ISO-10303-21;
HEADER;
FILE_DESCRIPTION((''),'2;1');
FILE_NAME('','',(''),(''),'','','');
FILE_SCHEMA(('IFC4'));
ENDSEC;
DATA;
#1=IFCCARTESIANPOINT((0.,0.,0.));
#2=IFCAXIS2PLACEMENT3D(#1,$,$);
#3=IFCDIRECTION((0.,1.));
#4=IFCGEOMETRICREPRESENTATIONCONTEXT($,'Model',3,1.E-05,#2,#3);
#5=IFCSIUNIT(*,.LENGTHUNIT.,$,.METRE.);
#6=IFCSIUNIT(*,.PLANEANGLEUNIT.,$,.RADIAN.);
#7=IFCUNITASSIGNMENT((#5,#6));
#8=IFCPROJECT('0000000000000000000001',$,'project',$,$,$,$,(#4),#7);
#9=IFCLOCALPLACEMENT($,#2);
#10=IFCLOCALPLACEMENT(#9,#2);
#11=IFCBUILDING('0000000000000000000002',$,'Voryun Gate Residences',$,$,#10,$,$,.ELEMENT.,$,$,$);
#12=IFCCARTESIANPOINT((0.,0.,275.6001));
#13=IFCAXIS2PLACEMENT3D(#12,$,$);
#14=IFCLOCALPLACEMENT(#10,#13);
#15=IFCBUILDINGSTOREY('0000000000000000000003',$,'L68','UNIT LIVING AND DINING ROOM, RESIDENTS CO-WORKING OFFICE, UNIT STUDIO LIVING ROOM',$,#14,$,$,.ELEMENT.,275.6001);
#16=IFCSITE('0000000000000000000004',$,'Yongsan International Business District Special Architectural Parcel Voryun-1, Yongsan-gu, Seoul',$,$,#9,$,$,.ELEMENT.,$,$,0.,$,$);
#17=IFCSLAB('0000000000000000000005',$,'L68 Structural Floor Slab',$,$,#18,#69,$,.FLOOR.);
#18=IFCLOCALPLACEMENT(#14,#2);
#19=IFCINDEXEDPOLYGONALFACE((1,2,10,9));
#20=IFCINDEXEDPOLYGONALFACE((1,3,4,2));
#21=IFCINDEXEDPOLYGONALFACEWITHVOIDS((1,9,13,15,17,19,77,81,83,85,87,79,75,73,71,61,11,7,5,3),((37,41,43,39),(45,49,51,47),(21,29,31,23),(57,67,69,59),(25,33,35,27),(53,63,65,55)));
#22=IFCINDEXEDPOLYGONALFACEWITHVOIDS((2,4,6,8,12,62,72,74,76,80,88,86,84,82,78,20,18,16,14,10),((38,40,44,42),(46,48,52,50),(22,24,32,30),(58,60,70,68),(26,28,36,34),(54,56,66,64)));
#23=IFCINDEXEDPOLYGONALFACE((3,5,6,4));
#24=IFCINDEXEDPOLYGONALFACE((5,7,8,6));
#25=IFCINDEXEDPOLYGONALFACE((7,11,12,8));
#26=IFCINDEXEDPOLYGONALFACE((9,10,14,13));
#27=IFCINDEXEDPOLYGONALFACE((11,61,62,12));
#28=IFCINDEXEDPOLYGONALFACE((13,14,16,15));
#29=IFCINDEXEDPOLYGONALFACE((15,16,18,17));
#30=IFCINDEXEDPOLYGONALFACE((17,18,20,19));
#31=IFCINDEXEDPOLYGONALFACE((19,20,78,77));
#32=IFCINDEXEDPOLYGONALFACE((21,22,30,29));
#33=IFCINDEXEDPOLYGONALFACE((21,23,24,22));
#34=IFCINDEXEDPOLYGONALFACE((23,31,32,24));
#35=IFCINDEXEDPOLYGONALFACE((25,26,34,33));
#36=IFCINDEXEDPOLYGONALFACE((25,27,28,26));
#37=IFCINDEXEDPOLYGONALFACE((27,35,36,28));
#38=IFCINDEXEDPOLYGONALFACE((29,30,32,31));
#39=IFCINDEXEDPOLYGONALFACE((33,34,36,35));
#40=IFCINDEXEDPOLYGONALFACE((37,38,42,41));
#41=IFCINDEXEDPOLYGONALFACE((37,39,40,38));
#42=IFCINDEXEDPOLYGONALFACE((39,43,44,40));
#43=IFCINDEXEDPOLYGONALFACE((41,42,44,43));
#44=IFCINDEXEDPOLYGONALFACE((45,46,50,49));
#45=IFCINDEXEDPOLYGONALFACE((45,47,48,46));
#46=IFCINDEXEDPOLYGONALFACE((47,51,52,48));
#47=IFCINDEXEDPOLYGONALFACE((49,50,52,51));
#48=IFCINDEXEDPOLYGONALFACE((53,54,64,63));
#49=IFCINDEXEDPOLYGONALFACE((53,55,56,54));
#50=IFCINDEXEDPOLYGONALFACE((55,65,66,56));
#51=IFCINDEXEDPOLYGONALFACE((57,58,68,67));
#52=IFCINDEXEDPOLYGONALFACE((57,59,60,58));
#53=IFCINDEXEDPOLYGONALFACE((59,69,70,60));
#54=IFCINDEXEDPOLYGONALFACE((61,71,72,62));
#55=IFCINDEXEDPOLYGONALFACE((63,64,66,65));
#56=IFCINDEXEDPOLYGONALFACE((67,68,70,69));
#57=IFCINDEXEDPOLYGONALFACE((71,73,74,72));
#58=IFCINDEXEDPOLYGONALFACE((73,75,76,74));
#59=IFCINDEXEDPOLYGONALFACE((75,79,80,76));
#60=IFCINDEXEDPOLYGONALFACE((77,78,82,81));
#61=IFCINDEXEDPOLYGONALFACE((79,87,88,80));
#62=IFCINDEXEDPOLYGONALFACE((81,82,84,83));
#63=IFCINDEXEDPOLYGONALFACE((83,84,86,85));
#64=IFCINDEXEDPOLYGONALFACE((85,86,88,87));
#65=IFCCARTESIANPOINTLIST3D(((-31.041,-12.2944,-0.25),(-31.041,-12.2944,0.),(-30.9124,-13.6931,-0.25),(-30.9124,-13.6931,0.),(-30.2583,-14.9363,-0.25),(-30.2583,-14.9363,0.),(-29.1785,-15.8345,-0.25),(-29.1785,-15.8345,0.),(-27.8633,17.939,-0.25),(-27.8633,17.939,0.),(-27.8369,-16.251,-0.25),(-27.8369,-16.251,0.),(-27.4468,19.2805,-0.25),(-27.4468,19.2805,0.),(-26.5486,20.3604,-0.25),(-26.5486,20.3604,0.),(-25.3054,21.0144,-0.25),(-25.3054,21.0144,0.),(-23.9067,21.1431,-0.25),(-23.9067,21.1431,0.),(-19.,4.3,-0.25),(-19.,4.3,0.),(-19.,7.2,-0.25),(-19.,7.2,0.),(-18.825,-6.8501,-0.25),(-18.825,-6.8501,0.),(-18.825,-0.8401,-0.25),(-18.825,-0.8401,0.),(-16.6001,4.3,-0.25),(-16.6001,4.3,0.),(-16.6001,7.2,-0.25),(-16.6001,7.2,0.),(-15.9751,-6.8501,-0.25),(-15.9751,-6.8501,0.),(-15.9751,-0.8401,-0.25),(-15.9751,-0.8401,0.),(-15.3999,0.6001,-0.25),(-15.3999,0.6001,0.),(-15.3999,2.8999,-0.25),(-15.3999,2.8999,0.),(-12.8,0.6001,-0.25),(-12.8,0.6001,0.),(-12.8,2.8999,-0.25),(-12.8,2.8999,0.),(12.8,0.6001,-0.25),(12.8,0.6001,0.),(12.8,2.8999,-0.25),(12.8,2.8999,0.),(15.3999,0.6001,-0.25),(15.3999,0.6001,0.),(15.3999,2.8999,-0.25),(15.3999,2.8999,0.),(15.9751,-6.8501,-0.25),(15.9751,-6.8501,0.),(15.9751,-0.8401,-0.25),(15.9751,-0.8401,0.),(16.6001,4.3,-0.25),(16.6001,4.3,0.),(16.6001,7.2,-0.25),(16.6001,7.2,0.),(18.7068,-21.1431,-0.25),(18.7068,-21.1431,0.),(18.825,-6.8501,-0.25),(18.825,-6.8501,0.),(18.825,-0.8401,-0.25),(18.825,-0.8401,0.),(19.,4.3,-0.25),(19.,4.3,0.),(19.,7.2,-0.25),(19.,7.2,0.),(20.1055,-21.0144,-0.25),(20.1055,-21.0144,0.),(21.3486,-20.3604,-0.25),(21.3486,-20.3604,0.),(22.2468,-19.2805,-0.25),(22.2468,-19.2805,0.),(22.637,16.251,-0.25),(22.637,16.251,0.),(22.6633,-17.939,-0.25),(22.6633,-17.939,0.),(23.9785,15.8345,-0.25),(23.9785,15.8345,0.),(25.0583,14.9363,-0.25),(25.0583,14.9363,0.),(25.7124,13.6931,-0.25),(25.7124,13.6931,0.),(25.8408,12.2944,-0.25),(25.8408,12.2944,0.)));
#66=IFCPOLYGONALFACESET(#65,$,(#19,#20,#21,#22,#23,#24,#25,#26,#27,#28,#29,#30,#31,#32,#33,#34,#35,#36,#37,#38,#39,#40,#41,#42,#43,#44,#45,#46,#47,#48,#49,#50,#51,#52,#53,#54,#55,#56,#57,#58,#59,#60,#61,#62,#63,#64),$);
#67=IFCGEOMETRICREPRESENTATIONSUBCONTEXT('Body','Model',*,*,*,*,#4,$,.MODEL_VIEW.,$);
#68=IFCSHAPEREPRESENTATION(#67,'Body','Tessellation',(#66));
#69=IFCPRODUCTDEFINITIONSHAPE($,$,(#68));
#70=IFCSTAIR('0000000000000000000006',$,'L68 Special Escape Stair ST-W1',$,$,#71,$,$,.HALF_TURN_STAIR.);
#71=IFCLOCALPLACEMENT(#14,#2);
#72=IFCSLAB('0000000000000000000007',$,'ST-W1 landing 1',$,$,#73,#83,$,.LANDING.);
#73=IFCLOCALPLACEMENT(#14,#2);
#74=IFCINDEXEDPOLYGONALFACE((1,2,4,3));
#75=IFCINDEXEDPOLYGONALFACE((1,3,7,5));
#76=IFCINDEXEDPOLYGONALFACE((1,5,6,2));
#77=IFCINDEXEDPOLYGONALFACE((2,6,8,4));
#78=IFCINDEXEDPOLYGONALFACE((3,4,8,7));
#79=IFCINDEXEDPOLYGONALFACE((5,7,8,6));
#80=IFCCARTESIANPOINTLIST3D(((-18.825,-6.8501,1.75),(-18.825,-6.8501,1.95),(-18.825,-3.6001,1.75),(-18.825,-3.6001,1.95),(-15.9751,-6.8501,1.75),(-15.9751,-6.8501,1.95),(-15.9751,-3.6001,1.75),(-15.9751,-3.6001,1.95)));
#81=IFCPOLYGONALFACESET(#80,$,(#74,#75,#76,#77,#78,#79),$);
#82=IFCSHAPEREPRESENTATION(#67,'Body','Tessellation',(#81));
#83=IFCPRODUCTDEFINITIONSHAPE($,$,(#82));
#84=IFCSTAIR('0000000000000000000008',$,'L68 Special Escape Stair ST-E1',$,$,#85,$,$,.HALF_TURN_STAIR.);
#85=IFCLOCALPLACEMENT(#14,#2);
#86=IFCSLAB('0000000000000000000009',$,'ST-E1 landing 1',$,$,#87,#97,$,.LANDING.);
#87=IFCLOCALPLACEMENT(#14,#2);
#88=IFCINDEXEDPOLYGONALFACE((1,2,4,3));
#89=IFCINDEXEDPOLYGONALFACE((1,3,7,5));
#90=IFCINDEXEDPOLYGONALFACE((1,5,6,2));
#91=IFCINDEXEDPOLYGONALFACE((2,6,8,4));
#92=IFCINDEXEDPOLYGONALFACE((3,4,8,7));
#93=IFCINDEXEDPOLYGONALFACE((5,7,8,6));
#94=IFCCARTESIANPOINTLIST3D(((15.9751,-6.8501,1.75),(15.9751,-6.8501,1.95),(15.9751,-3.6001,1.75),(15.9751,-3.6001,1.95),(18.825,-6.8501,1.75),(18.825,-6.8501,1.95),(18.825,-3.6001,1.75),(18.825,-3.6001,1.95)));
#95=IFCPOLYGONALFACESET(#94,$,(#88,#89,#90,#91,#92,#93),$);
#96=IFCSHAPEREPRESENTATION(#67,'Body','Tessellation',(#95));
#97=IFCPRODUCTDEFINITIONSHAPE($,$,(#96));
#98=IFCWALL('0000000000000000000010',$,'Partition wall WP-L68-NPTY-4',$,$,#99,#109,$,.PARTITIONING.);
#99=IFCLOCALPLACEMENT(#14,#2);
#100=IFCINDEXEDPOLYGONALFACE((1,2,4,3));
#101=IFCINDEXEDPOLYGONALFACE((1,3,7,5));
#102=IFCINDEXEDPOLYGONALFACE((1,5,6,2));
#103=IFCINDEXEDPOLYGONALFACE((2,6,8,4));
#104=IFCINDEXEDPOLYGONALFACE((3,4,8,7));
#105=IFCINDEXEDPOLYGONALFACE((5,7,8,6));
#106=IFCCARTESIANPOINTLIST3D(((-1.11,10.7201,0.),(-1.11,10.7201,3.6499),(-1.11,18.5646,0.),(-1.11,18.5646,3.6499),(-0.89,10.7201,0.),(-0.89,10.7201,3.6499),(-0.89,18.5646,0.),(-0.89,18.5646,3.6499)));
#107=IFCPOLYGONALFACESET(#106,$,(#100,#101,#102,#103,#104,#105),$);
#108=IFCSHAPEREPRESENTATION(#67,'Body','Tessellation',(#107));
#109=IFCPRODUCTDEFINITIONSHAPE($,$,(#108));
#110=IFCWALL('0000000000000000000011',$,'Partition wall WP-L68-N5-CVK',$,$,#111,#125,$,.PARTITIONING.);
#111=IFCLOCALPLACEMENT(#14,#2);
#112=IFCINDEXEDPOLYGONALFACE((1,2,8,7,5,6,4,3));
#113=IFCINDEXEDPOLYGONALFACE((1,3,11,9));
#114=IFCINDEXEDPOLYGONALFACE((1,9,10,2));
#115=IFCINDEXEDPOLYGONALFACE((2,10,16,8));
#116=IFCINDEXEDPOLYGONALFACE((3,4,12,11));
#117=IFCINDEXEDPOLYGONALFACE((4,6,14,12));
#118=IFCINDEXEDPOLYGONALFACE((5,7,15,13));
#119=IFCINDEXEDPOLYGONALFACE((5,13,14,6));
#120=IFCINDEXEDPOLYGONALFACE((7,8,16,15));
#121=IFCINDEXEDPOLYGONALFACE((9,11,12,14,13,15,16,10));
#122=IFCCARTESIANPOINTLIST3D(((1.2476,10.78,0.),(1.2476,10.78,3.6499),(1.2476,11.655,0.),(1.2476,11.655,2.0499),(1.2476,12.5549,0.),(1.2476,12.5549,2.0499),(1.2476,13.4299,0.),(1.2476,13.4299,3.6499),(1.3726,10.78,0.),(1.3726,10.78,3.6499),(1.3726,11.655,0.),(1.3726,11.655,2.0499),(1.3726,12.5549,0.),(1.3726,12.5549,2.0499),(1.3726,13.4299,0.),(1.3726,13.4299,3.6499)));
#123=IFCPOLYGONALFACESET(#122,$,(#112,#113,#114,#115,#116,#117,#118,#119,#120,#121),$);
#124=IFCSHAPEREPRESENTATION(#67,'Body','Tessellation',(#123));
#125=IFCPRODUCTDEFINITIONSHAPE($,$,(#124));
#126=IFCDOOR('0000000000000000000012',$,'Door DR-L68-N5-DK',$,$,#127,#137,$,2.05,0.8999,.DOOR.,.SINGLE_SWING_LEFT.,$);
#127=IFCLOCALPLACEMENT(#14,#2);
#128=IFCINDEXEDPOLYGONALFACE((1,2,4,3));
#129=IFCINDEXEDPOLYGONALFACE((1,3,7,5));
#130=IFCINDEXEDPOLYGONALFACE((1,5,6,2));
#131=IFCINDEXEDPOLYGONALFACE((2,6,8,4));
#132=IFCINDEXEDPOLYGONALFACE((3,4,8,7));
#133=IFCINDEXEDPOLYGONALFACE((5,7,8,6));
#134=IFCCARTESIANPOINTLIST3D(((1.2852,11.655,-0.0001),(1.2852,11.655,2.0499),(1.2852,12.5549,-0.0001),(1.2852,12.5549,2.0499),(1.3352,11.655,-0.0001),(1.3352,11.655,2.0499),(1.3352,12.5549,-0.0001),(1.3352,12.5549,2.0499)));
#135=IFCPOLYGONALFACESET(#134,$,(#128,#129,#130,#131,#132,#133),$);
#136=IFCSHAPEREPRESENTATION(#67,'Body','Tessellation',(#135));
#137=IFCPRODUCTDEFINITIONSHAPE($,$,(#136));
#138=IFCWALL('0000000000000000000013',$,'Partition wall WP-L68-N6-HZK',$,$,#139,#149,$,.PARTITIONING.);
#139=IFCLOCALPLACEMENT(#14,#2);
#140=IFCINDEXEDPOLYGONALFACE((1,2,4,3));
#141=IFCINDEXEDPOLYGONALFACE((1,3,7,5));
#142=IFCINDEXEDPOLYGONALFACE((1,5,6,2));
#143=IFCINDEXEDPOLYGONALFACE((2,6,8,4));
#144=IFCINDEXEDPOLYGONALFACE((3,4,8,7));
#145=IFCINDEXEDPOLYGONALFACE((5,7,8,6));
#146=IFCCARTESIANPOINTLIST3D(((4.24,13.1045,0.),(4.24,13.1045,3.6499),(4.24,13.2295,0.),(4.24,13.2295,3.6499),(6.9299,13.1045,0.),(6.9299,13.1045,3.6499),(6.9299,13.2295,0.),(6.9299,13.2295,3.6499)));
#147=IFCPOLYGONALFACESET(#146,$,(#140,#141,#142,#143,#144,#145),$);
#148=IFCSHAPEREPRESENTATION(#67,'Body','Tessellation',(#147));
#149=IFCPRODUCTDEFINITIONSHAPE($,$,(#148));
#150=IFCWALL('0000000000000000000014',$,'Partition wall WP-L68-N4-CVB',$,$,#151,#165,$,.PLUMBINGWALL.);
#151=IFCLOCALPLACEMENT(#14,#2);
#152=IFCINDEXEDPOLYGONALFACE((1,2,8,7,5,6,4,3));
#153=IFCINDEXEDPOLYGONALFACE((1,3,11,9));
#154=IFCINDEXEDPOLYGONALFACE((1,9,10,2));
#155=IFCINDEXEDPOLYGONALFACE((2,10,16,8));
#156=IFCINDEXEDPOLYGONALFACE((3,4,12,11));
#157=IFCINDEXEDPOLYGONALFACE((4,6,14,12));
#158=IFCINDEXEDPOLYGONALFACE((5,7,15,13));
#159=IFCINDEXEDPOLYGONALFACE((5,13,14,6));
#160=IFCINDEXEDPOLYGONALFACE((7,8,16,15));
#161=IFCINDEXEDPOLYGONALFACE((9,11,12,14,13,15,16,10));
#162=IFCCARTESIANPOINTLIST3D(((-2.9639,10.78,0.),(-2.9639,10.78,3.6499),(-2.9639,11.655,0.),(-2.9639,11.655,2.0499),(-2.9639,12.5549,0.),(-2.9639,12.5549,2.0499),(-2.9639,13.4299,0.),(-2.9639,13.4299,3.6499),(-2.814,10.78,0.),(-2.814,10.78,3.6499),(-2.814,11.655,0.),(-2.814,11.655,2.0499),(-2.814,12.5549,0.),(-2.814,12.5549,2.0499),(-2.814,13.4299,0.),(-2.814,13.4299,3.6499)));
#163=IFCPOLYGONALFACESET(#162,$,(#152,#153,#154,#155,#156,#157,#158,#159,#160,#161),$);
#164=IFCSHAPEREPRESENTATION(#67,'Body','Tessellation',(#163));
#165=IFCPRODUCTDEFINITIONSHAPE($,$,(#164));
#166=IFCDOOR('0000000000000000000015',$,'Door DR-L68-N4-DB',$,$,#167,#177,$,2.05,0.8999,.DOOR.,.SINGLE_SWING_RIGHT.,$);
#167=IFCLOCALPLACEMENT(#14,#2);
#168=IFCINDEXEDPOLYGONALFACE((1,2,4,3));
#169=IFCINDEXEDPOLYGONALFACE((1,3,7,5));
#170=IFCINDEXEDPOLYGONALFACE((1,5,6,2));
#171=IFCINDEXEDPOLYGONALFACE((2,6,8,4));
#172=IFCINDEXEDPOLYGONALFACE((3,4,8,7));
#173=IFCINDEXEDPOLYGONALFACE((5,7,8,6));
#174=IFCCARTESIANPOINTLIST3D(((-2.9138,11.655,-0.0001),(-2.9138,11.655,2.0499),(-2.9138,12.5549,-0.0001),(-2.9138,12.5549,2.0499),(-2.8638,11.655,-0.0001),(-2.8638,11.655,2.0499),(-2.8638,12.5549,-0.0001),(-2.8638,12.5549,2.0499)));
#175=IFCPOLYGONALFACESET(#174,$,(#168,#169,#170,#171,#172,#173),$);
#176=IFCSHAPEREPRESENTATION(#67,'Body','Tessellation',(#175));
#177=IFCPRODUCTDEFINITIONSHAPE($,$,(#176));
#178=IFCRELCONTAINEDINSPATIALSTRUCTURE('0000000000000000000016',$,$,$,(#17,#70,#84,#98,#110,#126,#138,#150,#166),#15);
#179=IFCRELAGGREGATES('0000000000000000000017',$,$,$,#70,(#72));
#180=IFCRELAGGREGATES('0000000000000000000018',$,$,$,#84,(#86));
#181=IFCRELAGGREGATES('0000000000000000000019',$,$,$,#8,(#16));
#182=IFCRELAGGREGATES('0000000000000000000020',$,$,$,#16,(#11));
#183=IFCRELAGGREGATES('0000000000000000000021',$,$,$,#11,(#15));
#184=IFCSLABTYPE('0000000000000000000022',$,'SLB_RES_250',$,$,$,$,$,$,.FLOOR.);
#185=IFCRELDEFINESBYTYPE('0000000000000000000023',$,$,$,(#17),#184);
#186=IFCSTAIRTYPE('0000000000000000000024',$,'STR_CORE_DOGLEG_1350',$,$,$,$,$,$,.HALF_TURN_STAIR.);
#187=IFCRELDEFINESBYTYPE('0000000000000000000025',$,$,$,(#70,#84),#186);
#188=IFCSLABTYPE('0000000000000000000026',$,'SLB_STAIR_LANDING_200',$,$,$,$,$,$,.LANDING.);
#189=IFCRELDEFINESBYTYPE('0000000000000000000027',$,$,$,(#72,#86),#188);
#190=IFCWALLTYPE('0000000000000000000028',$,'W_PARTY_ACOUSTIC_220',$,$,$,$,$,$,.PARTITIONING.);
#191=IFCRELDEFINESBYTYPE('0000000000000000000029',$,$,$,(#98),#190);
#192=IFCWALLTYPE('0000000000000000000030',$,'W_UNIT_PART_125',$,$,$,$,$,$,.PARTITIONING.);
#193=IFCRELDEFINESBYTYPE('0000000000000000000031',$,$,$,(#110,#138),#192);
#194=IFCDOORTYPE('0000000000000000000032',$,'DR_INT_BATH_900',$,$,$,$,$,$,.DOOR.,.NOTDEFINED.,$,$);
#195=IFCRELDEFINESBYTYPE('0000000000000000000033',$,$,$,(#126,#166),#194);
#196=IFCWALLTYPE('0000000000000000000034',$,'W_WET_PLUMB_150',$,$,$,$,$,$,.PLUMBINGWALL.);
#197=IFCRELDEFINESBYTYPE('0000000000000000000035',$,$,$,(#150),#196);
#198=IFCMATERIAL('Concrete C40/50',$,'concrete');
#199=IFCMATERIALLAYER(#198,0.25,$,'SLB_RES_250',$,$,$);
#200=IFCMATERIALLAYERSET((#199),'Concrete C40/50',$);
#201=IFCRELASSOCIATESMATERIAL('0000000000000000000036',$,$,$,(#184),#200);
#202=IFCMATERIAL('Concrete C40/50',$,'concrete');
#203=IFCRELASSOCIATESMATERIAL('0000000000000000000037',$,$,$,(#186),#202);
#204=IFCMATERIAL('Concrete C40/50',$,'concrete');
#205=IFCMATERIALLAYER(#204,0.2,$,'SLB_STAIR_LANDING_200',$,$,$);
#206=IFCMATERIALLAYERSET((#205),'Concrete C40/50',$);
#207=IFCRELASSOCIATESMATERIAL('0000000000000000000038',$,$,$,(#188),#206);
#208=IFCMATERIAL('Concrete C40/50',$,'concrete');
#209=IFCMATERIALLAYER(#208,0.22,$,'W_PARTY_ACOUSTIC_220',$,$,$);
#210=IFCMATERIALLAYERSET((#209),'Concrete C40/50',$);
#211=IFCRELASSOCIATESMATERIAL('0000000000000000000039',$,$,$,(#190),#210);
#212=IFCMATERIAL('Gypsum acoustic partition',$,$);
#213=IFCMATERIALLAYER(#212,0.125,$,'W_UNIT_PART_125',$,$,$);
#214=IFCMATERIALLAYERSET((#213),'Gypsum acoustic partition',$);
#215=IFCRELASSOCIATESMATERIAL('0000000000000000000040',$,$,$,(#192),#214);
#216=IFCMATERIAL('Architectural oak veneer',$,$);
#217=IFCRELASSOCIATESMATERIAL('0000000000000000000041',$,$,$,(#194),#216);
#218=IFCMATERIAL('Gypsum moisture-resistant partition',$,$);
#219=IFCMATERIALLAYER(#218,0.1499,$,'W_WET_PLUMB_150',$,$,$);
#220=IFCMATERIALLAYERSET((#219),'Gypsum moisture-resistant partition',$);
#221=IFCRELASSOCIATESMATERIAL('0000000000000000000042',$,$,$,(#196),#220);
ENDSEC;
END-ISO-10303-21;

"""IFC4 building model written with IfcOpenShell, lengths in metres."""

from ifc_helpers import new_model, si_unit, direction, frame, frame_2d, origin, place, context, subcontext, project, spatial, polyline, rectangle, outline, extrude, material, layer, layer_set, type_object, element, fill, aggregate, save


model = new_model("IFC4")

# Units and contexts
model_context = context("Model", 3, precision=1e-05, world=origin(), true_north=direction((0.0, 1.0)))
body_context = subcontext(model_context, "Body", "Model", "MODEL_VIEW")
ifc_project = project(units=[si_unit("LENGTHUNIT", "METRE"), si_unit("PLANEANGLEUNIT", "RADIAN")], contexts=[model_context])

# Site, building, storey
site_placement = place(None, origin())
site = spatial("IfcSite", under=ifc_project, at=site_placement, Name="Yongsan International Business District Special Architectural Parcel Voryun-1, Yongsan-gu, Seoul", CompositionType="ELEMENT", RefElevation=0.0)
building_placement = place(site_placement, origin())
building = spatial("IfcBuilding", under=site, at=building_placement, Name="Voryun Gate Residences", CompositionType="ELEMENT")
storey_placement = place(building_placement, frame((0.0, 0.0, 275.6001)))
storey = spatial("IfcBuildingStorey", under=building, at=storey_placement, Name="L68", Description="UNIT LIVING AND DINING ROOM, RESIDENTS CO-WORKING OFFICE, UNIT STUDIO LIVING ROOM", CompositionType="ELEMENT", Elevation=275.6001)

# Slab
ifc_material_1 = material(Name="Concrete C40/50", Category="concrete")
ifc_layer_1 = layer(ifc_material_1, 0.25, Name="SLB_RES_250")
ifc_layer_set_1 = layer_set([ifc_layer_1], Name="Concrete C40/50")
slab_type_1 = type_object("IfcSlabType", Name="SLB_RES_250", PredefinedType="FLOOR", material=ifc_layer_set_1)
slab_1_placement = place(storey_placement, frame((0.0, 0.0, -0.25)))
element("IfcSlab", 1, at=slab_1_placement, inside=storey, type_object=slab_type_1, Name="L68 Structural Floor Slab", PredefinedType="FLOOR", context=body_context, shape_type="SweptSolid", body=[
    extrude(outline(polyline([(-27.8369, -16.251), (-29.1785, -15.8345), (-30.2583, -14.9363), (-30.9124, -13.6931), (-31.041, -12.2944), (-27.8633, 17.939), (-27.4468, 19.2805), (-26.5486, 20.3604), (-25.3054, 21.0144), (-23.9067, 21.1431), (22.637, 16.251), (23.9785, 15.8345), (25.0583, 14.9363), (25.7124, 13.6931), (25.8408, 12.2944), (22.6633, -17.939), (22.2468, -19.2805), (21.3486, -20.3604), (20.1055, -21.0144), (18.7068, -21.1431), (-27.8369, -16.251)]), holes=[polyline([(-15.9751, -0.8401), (-18.825, -0.8401), (-18.825, -6.8501), (-15.9751, -6.8501), (-15.9751, -0.8401)]), polyline([(18.825, -6.8501), (18.825, -0.8401), (15.9751, -0.8401), (15.9751, -6.8501), (18.825, -6.8501)]), polyline([(-12.8, 2.8999), (-15.3999, 2.8999), (-15.3999, 0.6001), (-12.8, 0.6001), (-12.8, 2.8999)]), polyline([(12.8, 2.8999), (12.8, 0.6001), (15.3999, 0.6001), (15.3999, 2.8999), (12.8, 2.8999)]), polyline([(-16.6001, 7.2), (-19.0, 7.2), (-19.0, 4.3), (-16.6001, 4.3), (-16.6001, 7.2)]), polyline([(19.0, 7.2), (16.6001, 7.2), (16.6001, 4.3), (19.0, 4.3), (19.0, 7.2)])]), origin(), (0.0, 0.0, 1.0), 0.25),
])

# Stairs, slabs
ifc_material_2 = material(Name="Concrete C40/50", Category="concrete")
stair_type = type_object("IfcStairType", Name="STR_CORE_DOGLEG_1350", PredefinedType="HALF_TURN_STAIR", material=ifc_material_2)
stair_1_placement = place(storey_placement, origin())
stair_1 = element("IfcStair", 2, at=stair_1_placement, inside=storey, type_object=stair_type, Name="L68 Special Escape Stair ST-W1", PredefinedType="HALF_TURN_STAIR")
ifc_material_3 = material(Name="Concrete C40/50", Category="concrete")
ifc_layer_2 = layer(ifc_material_3, 0.2, Name="SLB_STAIR_LANDING_200")
ifc_layer_set_2 = layer_set([ifc_layer_2], Name="Concrete C40/50")
slab_type_2 = type_object("IfcSlabType", Name="SLB_STAIR_LANDING_200", PredefinedType="LANDING", material=ifc_layer_set_2)
slab_2_placement = place(storey_placement, frame((0.0, 0.0, 1.75)))
slab_2 = element("IfcSlab", 3, at=slab_2_placement, type_object=slab_type_2, Name="ST-W1 landing 1", PredefinedType="LANDING", context=body_context, shape_type="SweptSolid", body=[
    extrude(outline(polyline([(-18.825, -3.6001), (-18.825, -6.8501), (-15.9751, -6.8501), (-15.9751, -3.6001), (-18.825, -3.6001)])), origin(), (0.0, 0.0, 1.0), 0.2),
])
aggregate(stair_1, [slab_2])
stair_2_placement = place(storey_placement, origin())
stair_2 = element("IfcStair", 4, at=stair_2_placement, inside=storey, type_object=stair_type, Name="L68 Special Escape Stair ST-E1", PredefinedType="HALF_TURN_STAIR")
slab_3_placement = place(storey_placement, frame((0.0, 0.0, 1.75)))
slab_3 = element("IfcSlab", 5, at=slab_3_placement, type_object=slab_type_2, Name="ST-E1 landing 1", PredefinedType="LANDING", context=body_context, shape_type="SweptSolid", body=[
    extrude(outline(polyline([(15.9751, -3.6001), (15.9751, -6.8501), (18.825, -6.8501), (18.825, -3.6001), (15.9751, -3.6001)])), origin(), (0.0, 0.0, 1.0), 0.2),
])
aggregate(stair_2, [slab_3])

# Wall
ifc_material_4 = material(Name="Concrete C40/50", Category="concrete")
ifc_layer_3 = layer(ifc_material_4, 0.22, Name="W_PARTY_ACOUSTIC_220")
ifc_layer_set_3 = layer_set([ifc_layer_3], Name="Concrete C40/50")
wall_type_1 = type_object("IfcWallType", Name="W_PARTY_ACOUSTIC_220", PredefinedType="PARTITIONING", material=ifc_layer_set_3)
wall_1_placement = place(storey_placement, frame((-1.0, 10.72, 0.0), z_axis=(0.0, 0.0, 1.0), x_axis=(0.0, 1.0, 0.0)))
element("IfcWall", 6, at=wall_1_placement, inside=storey, type_object=wall_type_1, Name="Partition wall WP-L68-NPTY-4", PredefinedType="PARTITIONING", context=body_context, shape_type="SweptSolid", body=[
    extrude(rectangle(XDim=7.8445, YDim=0.22, at=frame_2d((3.9224, 0.0))), origin(), (0.0, 0.0, 1.0), 3.6499),
])

# Wall, opening, door
ifc_material_5 = material(Name="Gypsum acoustic partition")
ifc_layer_4 = layer(ifc_material_5, 0.125, Name="W_UNIT_PART_125")
ifc_layer_set_4 = layer_set([ifc_layer_4], Name="Gypsum acoustic partition")
wall_type_2 = type_object("IfcWallType", Name="W_UNIT_PART_125", PredefinedType="PARTITIONING", material=ifc_layer_set_4)
wall_2_placement = place(storey_placement, frame((1.3101, 10.78, 0.0), z_axis=(0.0, 0.0, 1.0), x_axis=(0.0, 1.0, 0.0)))
wall_2 = element("IfcWall", 7, at=wall_2_placement, inside=storey, type_object=wall_type_2, Name="Partition wall WP-L68-N5-CVK", PredefinedType="PARTITIONING", context=body_context, shape_type="SweptSolid", body=[
    extrude(rectangle(XDim=2.6499, YDim=0.125, at=frame_2d((1.325, 0.0))), origin(), (0.0, 0.0, 1.0), 3.6499),
])
opening_1_placement = place(wall_2_placement, frame((0.875, 0.0, 0.0)))
opening_1 = element("IfcOpeningElement", 8, at=opening_1_placement, cuts=wall_2, PredefinedType="OPENING", context=body_context, shape_type="SweptSolid", body=[
    extrude(rectangle(XDim=0.8999, YDim=2.05, at=frame_2d((0.45, 1.0249))), frame((0.0, 0.0725, 0.0), z_axis=(0.0, -1.0, 0.0), x_axis=(1.0, 0.0, 0.0)), (0.0, 0.0, 1.0), 0.145),
])
ifc_material_6 = material(Name="Architectural oak veneer")
door_type = type_object("IfcDoorType", Name="DR_INT_BATH_900", OperationType="NOTDEFINED", PredefinedType="DOOR", material=ifc_material_6)
door_1_placement = place(opening_1_placement, origin())
door_1 = element("IfcDoor", 9, at=door_1_placement, inside=storey, type_object=door_type, Name="Door DR-L68-N5-DK", OperationType="SINGLE_SWING_LEFT", OverallHeight=2.05, OverallWidth=0.8999, PredefinedType="DOOR", context=body_context, shape_type="SweptSolid", body=[
    extrude(rectangle(XDim=0.8999, YDim=2.05, at=frame_2d((0.45, 1.0249))), frame((0.0, 0.0249, 0.0), z_axis=(0.0, -1.0, 0.0), x_axis=(1.0, 0.0, 0.0)), (0.0, 0.0, 1.0), 0.05),
])
fill(opening_1, door_1)

# Wall
wall_3_placement = place(storey_placement, frame((4.24, 13.167, 0.0), z_axis=(0.0, 0.0, 1.0), x_axis=(1.0, 0.0, 0.0)))
element("IfcWall", 10, at=wall_3_placement, inside=storey, type_object=wall_type_2, Name="Partition wall WP-L68-N6-HZK", PredefinedType="PARTITIONING", context=body_context, shape_type="SweptSolid", body=[
    extrude(rectangle(XDim=2.6899, YDim=0.125, at=frame_2d((1.345, 0.0))), origin(), (0.0, 0.0, 1.0), 3.6499),
])

# Wall, opening, door
ifc_material_7 = material(Name="Gypsum moisture-resistant partition")
ifc_layer_5 = layer(ifc_material_7, 0.1499, Name="W_WET_PLUMB_150")
ifc_layer_set_5 = layer_set([ifc_layer_5], Name="Gypsum moisture-resistant partition")
wall_type_3 = type_object("IfcWallType", Name="W_WET_PLUMB_150", PredefinedType="PLUMBINGWALL", material=ifc_layer_set_5)
wall_4_placement = place(storey_placement, frame((-2.8889, 10.78, 0.0), z_axis=(0.0, 0.0, 1.0), x_axis=(0.0, 1.0, 0.0)))
wall_4 = element("IfcWall", 11, at=wall_4_placement, inside=storey, type_object=wall_type_3, Name="Partition wall WP-L68-N4-CVB", PredefinedType="PLUMBINGWALL", context=body_context, shape_type="SweptSolid", body=[
    extrude(rectangle(XDim=2.6499, YDim=0.1499, at=frame_2d((1.325, 0.0))), origin(), (0.0, 0.0, 1.0), 3.6499),
])
opening_2_placement = place(wall_4_placement, frame((0.875, 0.0, 0.0)))
opening_2 = element("IfcOpeningElement", 12, at=opening_2_placement, cuts=wall_4, PredefinedType="OPENING", context=body_context, shape_type="SweptSolid", body=[
    extrude(rectangle(XDim=0.8999, YDim=2.05, at=frame_2d((0.45, 1.0249))), frame((0.0, 0.085, 0.0), z_axis=(0.0, -1.0, 0.0), x_axis=(1.0, 0.0, 0.0)), (0.0, 0.0, 1.0), 0.1699),
])
door_2_placement = place(opening_2_placement, origin())
door_2 = element("IfcDoor", 13, at=door_2_placement, inside=storey, type_object=door_type, Name="Door DR-L68-N4-DB", OperationType="SINGLE_SWING_RIGHT", OverallHeight=2.05, OverallWidth=0.8999, PredefinedType="DOOR", context=body_context, shape_type="SweptSolid", body=[
    extrude(rectangle(XDim=0.8999, YDim=2.05, at=frame_2d((0.45, 1.0249))), frame((0.0, 0.0249, 0.0), z_axis=(0.0, -1.0, 0.0), x_axis=(1.0, 0.0, 0.0)), (0.0, 0.0, 1.0), 0.05),
])
fill(opening_2, door_2)

save(model, "model.ifc")
